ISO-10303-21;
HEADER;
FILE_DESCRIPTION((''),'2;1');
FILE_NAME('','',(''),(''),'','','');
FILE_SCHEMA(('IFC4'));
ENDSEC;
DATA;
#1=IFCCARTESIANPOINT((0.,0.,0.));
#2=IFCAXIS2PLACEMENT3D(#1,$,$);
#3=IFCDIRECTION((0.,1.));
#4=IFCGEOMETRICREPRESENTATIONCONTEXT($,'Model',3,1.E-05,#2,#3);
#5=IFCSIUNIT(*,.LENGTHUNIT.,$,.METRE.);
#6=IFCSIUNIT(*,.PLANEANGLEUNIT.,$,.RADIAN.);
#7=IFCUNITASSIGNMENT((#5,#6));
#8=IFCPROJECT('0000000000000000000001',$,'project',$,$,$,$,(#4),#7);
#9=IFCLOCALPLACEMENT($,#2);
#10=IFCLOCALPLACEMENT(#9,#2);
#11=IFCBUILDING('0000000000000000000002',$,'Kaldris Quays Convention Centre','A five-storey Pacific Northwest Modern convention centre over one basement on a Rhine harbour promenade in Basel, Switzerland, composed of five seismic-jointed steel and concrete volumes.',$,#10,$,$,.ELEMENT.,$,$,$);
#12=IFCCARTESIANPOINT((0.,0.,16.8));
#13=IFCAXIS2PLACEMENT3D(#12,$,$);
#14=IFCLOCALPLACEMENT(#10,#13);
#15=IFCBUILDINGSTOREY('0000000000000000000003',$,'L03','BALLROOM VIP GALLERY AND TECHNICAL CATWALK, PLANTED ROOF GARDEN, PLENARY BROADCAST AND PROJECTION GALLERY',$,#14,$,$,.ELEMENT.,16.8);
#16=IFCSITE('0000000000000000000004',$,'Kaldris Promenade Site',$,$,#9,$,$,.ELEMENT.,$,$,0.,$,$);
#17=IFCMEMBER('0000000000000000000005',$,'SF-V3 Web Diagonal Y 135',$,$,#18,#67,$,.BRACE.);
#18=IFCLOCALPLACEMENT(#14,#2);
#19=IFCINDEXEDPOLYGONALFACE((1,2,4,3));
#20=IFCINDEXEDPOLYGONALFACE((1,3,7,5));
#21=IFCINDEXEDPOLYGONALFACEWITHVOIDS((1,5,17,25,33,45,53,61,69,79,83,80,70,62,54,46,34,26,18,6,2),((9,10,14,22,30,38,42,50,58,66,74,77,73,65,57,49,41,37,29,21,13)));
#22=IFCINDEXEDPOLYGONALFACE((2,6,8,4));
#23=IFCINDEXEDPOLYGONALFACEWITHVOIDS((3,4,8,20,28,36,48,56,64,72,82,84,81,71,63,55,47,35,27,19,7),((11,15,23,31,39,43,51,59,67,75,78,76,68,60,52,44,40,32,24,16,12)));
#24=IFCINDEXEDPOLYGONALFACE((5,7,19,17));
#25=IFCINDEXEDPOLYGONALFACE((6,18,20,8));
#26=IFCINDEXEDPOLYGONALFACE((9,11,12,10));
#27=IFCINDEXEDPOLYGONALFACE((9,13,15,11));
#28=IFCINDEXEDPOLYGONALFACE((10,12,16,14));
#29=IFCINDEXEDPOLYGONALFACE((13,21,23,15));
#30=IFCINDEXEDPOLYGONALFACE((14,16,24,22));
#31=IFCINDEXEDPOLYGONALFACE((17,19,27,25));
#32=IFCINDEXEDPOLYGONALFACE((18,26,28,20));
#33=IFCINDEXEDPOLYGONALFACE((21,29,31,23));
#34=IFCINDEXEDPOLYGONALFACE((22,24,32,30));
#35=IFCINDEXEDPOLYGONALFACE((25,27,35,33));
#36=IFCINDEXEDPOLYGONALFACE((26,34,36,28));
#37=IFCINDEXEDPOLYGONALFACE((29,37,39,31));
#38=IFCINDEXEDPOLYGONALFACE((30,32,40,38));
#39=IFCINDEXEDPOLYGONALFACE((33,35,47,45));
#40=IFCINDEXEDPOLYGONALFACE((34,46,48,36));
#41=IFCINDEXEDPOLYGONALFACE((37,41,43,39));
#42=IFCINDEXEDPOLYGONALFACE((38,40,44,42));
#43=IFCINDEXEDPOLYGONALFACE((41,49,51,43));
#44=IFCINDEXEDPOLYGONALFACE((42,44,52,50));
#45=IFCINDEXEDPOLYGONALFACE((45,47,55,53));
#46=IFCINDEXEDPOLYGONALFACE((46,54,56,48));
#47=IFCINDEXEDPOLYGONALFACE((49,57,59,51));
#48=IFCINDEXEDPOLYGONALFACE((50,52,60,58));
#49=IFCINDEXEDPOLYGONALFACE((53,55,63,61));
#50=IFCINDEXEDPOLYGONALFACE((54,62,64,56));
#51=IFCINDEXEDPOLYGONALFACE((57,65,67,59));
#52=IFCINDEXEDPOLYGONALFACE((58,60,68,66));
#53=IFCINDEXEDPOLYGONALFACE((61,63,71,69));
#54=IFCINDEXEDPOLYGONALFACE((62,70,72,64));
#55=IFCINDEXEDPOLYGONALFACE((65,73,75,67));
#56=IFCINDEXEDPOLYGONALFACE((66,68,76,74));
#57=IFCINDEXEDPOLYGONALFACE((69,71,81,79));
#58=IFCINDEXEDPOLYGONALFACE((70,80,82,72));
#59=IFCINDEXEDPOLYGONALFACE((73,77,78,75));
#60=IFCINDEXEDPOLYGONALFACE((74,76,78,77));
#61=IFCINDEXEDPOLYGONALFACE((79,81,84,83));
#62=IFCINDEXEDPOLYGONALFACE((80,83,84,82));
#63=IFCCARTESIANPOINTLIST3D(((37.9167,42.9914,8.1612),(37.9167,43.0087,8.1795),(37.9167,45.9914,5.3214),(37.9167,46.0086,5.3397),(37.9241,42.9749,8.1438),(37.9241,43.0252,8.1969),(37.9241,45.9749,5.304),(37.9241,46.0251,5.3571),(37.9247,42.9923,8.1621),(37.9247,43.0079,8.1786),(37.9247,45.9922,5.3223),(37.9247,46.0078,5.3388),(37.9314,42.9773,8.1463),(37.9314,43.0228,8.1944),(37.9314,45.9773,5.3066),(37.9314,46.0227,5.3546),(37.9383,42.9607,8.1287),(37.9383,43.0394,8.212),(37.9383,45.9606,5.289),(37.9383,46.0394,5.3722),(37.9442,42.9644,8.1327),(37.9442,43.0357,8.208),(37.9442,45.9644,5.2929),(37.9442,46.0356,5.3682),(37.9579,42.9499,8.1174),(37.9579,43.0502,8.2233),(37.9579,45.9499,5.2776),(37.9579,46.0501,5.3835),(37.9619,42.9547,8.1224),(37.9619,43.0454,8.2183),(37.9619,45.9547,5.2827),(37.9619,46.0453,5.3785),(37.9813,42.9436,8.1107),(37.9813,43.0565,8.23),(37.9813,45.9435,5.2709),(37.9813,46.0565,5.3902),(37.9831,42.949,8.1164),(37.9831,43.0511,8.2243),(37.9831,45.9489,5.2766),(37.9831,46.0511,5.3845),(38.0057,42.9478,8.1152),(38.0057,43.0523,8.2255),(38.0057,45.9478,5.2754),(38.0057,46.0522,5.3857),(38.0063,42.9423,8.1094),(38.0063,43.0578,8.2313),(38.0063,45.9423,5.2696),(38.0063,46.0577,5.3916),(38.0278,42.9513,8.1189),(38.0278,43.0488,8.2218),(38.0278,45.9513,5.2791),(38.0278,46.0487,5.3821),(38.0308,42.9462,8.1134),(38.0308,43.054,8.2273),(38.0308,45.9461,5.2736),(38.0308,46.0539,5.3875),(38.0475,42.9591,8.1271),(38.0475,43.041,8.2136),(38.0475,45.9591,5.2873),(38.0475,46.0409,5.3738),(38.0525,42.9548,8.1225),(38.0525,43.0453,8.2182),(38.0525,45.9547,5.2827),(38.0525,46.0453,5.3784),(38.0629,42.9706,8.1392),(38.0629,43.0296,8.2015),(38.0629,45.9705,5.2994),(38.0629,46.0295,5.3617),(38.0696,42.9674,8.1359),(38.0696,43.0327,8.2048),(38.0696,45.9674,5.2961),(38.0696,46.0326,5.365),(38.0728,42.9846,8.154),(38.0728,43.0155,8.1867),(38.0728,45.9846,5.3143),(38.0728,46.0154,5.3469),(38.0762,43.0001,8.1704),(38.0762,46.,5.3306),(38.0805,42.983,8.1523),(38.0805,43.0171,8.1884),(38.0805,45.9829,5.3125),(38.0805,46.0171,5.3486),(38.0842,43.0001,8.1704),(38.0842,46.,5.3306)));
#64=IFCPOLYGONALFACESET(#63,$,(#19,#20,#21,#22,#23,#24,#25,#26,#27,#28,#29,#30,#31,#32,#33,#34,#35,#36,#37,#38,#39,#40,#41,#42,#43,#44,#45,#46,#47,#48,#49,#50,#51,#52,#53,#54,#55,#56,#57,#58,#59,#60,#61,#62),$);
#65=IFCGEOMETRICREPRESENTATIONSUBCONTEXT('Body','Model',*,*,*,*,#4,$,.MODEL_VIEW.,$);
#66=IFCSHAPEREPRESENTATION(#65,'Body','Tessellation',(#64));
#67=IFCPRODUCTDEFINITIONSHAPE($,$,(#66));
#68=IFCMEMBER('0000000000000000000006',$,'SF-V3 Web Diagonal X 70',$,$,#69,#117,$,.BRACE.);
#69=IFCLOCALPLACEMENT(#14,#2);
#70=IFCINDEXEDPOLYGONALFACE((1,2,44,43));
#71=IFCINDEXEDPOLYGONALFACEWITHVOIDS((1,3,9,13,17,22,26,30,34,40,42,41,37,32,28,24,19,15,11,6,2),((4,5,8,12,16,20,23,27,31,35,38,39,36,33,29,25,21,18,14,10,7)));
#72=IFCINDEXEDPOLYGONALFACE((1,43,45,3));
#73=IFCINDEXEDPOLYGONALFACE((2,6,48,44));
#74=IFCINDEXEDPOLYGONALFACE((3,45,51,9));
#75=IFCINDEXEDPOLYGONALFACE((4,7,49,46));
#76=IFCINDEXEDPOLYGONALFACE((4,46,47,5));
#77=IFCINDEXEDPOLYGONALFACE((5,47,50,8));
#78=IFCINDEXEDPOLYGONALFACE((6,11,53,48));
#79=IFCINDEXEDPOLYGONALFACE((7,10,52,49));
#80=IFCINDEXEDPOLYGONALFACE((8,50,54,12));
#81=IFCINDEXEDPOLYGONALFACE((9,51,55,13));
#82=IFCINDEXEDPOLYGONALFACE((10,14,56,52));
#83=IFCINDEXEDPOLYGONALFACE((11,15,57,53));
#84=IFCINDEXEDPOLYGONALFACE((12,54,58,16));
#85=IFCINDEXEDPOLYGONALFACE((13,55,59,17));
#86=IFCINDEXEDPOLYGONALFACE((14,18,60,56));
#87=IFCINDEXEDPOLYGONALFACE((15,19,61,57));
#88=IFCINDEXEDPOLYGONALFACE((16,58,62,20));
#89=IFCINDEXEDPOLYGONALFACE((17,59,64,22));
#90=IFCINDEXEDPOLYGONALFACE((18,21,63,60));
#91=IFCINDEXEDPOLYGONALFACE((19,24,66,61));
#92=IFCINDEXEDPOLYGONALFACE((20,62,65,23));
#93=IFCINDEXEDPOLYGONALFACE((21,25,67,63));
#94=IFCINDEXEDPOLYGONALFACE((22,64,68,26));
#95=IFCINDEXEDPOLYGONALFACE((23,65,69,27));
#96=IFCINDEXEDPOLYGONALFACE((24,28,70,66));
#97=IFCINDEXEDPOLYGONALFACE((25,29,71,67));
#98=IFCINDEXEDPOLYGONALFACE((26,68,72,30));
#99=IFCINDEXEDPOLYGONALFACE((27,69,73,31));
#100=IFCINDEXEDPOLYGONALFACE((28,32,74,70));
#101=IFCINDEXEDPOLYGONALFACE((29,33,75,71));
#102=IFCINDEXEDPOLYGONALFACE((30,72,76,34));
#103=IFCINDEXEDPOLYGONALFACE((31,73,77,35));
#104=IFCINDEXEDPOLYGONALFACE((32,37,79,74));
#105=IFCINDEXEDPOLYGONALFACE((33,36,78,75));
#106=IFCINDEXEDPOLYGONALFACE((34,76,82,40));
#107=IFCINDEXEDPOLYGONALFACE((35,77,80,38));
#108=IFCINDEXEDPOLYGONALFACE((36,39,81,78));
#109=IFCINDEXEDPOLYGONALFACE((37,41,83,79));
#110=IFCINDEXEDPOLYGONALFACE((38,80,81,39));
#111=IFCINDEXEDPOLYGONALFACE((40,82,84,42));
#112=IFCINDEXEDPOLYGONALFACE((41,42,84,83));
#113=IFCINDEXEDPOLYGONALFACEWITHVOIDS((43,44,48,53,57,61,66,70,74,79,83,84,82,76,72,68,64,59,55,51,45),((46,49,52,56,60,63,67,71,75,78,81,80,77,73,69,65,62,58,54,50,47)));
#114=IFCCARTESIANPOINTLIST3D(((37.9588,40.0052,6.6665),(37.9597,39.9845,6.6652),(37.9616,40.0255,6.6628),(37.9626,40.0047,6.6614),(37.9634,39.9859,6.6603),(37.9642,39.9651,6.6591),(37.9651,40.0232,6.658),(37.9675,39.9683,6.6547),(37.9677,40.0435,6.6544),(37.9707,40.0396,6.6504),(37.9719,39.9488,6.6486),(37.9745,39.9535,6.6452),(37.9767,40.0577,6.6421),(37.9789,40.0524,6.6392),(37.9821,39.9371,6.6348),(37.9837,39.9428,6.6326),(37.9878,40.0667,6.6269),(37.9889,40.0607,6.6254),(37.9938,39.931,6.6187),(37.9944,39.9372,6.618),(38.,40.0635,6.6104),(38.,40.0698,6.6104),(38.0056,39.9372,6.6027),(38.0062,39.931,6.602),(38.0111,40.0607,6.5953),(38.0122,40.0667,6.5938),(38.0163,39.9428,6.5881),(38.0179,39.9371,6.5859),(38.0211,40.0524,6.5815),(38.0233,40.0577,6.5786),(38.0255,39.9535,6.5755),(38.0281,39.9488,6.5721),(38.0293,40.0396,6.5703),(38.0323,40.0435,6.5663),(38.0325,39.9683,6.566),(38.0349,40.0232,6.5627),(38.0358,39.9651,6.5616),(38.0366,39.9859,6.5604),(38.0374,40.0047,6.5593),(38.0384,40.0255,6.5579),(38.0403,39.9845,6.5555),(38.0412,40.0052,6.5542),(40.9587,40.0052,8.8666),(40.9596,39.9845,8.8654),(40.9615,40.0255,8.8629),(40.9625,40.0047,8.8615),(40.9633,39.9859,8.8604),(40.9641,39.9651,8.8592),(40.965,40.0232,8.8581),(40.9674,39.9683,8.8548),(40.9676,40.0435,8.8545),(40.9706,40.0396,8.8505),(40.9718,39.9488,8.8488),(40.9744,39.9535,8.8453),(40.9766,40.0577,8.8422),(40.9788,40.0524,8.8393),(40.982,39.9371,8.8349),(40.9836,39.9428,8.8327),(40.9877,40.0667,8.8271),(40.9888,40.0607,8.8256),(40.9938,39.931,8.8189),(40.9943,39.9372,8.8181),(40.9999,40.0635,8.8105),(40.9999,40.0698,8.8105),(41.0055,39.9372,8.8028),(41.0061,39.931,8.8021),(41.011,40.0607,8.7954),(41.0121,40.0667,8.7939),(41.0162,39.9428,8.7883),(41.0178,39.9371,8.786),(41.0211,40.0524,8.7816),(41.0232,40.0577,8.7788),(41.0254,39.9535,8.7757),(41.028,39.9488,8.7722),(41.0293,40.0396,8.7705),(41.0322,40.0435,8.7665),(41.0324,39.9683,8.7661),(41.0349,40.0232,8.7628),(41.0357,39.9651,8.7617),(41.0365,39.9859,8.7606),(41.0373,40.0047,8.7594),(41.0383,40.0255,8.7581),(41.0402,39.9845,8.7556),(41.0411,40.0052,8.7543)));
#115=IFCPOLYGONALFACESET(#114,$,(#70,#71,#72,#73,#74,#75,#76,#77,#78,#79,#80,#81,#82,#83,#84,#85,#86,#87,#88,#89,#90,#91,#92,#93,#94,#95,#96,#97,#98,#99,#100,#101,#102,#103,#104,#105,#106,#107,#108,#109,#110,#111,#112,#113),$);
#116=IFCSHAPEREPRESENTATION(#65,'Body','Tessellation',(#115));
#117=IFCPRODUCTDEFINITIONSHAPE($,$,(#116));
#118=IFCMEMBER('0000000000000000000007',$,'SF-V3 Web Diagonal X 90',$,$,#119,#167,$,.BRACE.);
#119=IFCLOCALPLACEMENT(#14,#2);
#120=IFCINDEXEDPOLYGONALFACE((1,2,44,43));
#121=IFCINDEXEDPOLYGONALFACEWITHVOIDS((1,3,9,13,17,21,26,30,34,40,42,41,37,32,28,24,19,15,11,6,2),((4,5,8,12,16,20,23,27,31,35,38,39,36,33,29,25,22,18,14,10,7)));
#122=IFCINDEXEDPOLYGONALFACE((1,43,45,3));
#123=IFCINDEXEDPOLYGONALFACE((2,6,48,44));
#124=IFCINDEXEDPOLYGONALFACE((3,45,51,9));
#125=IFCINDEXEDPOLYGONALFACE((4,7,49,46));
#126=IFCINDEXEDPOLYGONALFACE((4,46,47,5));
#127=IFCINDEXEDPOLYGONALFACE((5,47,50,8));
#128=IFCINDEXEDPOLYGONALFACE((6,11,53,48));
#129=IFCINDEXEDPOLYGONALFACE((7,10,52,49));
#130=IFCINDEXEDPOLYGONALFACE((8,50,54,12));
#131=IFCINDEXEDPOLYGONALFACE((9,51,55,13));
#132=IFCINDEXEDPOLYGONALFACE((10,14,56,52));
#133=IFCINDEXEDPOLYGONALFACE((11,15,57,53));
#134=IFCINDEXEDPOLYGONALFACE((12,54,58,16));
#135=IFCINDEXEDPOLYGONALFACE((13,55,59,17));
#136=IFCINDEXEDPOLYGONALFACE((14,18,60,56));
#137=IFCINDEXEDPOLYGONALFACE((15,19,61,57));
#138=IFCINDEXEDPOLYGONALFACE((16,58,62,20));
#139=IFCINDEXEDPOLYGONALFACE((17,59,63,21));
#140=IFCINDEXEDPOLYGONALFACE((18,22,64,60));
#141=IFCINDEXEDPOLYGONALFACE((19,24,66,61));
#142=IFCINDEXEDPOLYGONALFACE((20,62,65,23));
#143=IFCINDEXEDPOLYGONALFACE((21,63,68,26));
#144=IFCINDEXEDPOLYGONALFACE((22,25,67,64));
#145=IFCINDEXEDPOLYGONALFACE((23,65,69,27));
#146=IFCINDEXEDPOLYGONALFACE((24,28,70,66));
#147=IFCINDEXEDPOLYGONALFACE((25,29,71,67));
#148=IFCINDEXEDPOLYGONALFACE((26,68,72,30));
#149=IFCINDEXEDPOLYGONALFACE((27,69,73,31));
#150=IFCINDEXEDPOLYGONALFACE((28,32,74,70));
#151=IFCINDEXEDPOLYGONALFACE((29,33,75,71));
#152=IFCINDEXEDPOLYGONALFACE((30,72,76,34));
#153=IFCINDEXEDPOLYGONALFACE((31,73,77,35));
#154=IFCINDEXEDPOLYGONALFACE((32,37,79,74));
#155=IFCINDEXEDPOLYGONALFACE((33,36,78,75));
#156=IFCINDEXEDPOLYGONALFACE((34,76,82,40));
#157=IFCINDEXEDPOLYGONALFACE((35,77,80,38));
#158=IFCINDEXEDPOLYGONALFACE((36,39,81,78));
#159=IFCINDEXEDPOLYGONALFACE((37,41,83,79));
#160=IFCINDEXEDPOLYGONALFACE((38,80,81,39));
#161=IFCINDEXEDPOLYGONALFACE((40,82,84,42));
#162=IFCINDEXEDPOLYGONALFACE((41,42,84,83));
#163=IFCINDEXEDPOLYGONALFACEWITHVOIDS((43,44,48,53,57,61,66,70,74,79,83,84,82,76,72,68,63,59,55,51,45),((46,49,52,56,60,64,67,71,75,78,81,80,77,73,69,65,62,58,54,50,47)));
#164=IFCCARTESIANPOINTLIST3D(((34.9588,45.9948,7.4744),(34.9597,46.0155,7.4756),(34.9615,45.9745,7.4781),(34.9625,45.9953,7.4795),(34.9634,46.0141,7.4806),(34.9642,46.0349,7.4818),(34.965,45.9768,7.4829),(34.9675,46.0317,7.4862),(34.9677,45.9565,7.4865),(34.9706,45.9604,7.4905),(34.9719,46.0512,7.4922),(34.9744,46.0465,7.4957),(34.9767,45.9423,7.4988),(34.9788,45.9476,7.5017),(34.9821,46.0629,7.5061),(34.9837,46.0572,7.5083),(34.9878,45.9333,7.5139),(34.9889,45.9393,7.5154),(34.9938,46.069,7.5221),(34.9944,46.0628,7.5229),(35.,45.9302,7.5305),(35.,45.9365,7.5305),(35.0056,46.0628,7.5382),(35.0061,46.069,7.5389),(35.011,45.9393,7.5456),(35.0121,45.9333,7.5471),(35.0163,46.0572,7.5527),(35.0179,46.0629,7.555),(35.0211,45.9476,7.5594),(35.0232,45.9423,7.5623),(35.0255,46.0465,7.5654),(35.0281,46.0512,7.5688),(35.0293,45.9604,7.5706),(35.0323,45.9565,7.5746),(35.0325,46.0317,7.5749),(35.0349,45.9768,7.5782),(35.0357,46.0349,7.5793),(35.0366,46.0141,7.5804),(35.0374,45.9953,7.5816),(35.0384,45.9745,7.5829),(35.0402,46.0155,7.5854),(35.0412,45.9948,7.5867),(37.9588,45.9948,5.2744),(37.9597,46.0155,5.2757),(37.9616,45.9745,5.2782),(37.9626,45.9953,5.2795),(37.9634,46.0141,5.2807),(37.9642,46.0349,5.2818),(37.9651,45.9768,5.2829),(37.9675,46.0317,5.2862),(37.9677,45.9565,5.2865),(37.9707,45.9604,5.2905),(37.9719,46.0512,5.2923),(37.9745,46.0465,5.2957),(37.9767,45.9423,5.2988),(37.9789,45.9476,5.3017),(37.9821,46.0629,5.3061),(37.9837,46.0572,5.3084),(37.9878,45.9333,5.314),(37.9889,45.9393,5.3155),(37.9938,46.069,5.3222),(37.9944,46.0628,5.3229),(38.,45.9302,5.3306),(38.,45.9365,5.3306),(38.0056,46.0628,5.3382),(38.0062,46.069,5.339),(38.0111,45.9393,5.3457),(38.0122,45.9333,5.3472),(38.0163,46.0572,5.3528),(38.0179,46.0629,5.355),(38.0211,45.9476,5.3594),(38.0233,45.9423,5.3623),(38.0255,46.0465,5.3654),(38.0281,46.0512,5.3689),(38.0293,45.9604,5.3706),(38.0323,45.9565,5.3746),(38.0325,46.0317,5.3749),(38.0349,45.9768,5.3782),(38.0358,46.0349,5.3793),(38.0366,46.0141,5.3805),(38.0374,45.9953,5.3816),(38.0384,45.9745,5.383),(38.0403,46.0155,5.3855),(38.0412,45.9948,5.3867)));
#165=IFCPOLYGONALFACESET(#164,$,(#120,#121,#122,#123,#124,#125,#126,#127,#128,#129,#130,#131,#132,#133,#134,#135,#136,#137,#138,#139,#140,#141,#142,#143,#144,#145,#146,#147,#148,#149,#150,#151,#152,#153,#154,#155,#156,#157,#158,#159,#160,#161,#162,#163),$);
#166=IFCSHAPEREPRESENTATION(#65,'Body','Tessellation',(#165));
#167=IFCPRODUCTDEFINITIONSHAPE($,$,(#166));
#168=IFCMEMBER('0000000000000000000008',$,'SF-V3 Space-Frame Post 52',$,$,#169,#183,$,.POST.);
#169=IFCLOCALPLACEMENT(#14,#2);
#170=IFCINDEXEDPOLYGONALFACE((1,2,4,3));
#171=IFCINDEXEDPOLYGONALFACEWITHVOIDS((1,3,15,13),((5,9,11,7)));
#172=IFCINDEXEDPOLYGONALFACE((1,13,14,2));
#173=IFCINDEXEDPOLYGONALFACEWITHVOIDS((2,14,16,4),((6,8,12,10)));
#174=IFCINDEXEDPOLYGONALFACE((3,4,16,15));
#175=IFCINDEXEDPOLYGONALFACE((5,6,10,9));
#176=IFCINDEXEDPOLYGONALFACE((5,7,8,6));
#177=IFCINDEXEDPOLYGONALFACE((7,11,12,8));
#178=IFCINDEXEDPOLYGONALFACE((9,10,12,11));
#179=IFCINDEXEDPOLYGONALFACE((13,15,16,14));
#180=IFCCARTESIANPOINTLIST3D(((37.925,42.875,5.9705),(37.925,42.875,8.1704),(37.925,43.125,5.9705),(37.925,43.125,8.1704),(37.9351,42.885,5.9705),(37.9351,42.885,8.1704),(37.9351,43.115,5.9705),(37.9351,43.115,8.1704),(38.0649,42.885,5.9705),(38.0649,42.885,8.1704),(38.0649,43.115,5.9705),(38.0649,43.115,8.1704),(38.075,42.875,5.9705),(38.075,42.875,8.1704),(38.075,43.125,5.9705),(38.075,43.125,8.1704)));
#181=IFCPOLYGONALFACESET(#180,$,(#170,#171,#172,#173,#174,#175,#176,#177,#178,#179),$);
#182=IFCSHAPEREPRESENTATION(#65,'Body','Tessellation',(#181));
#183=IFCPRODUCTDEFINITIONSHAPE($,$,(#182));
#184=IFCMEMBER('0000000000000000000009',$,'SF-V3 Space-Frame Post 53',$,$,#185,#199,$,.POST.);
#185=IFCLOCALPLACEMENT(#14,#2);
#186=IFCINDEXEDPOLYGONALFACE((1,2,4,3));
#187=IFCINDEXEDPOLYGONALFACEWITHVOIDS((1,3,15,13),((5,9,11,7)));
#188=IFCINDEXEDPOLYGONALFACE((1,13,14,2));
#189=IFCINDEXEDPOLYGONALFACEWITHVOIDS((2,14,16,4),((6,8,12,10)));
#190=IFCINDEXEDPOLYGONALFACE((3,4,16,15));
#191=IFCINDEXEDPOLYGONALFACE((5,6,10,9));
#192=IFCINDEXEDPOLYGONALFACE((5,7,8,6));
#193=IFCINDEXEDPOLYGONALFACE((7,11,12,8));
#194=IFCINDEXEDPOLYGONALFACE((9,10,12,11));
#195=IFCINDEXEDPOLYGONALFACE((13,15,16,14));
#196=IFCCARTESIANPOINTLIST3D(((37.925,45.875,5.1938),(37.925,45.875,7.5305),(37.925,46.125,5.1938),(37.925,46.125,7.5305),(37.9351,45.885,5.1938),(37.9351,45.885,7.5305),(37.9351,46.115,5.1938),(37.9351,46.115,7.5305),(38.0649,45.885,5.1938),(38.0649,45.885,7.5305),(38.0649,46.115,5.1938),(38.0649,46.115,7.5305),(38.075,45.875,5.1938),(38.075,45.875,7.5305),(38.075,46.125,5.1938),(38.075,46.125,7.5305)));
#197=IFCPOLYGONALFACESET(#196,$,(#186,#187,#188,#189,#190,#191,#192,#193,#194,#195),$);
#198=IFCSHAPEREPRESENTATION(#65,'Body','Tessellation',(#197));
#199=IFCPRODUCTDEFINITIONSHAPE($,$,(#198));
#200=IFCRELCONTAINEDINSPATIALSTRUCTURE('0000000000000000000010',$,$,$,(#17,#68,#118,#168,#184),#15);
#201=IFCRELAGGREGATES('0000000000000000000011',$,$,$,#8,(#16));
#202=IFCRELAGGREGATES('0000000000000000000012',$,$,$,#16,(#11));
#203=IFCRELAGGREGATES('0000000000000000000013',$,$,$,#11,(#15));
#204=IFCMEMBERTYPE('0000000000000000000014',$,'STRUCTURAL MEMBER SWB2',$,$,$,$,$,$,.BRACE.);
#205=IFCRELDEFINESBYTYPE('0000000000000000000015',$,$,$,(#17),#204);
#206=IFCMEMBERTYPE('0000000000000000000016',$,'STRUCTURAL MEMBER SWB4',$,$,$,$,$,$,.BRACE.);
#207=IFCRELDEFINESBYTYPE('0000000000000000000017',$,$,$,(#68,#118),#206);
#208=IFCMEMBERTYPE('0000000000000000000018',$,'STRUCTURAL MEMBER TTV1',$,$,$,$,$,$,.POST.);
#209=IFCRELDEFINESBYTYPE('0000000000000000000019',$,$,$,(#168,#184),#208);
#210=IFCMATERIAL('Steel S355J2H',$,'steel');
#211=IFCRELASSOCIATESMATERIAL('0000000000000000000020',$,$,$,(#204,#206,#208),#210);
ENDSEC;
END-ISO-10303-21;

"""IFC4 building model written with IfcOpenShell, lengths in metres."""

from ifc_helpers import new_model, si_unit, direction, frame, origin, origin_2d, place, context, subcontext, project, spatial, hollow_rectangle, hollow_circle, extrude, material, material_profile, profile_set, type_object, element, save


model = new_model("IFC4")

# Units and contexts
model_context = context("Model", 3, precision=1e-05, world=origin(), true_north=direction((0.0, 1.0)))
body_context = subcontext(model_context, "Body", "Model", "MODEL_VIEW")
ifc_project = project(units=[si_unit("LENGTHUNIT", "METRE"), si_unit("PLANEANGLEUNIT", "RADIAN")], contexts=[model_context])

# Site, building, storey
site_placement = place(None, origin())
site = spatial("IfcSite", under=ifc_project, at=site_placement, Name="Kaldris Promenade Site", CompositionType="ELEMENT", RefElevation=0.0)
building_placement = place(site_placement, origin())
building = spatial("IfcBuilding", under=site, at=building_placement, Name="Kaldris Quays Convention Centre", Description="A five-storey Pacific Northwest Modern convention centre over one basement on a Rhine harbour promenade in Basel, Switzerland, composed of five seismic-jointed steel and concrete volumes.", CompositionType="ELEMENT")
storey_placement = place(building_placement, frame((0.0, 0.0, 16.8)))
storey = spatial("IfcBuildingStorey", under=building, at=storey_placement, Name="L03", Description="BALLROOM VIP GALLERY AND TECHNICAL CATWALK, PLANTED ROOF GARDEN, PLENARY BROADCAST AND PROJECTION GALLERY", CompositionType="ELEMENT", Elevation=16.8)

# Members
ifc_material_1 = material(Name="Steel S355J2H", Category="steel")
ifc_material_profile_1 = material_profile(ifc_material_1, hollow_circle(Radius=0.0842, WallThickness=0.0081, at=origin_2d()), Name="CHS 168.3x8")
ifc_profile_set_1 = profile_set([ifc_material_profile_1], Name="Steel S355J2H")
member_type_1 = type_object("IfcMemberType", Name="STRUCTURAL MEMBER SWB2", PredefinedType="BRACE", material=ifc_profile_set_1)
member_1_placement = place(storey_placement, frame((38.0, 46.0, 5.3306), z_axis=(0.0, -0.726226, 0.687456), x_axis=(1.0, 0.0, 0.0)))
element("IfcMember", 1, at=member_1_placement, inside=storey, type_object=member_type_1, Name="SF-V3 Web Diagonal Y 135", PredefinedType="BRACE", context=body_context, shape_type="SweptSolid", body=[
    extrude(hollow_circle(Radius=0.0842, WallThickness=0.0081, at=origin_2d()), origin(), (0.0, 0.0, 1.0), 4.1309),
])
ifc_material_profile_2 = material_profile(ifc_material_1, hollow_circle(Radius=0.0698, WallThickness=0.0063, at=origin_2d()), Name="CHS 139.7x6.3")
ifc_profile_set_2 = profile_set([ifc_material_profile_2], Name="Steel S355J2H")
member_type_2 = type_object("IfcMemberType", Name="STRUCTURAL MEMBER SWB4", PredefinedType="BRACE", material=ifc_profile_set_2)
for number, where, z_axis, x_axis, name in (
    (2, (38.0, 40.0, 6.6104), (0.80638, 0.0, 0.591398), (0.0, 1.0, 0.0), "SF-V3 Web Diagonal X 70"),
    (3, (38.0, 46.0, 5.3306), (-0.806411, 0.0, 0.591355), (0.0, -1.0, 0.0), "SF-V3 Web Diagonal X 90"),
):
    element("IfcMember", number, at=place(storey_placement, frame(where, z_axis=z_axis, x_axis=x_axis)), inside=storey, type_object=member_type_2, Name=name, PredefinedType="BRACE", context=body_context, shape_type="SweptSolid", body=[
        extrude(hollow_circle(Radius=0.0698, WallThickness=0.0063, at=origin_2d()), origin(), (0.0, 0.0, 1.0), 3.7202),
    ])
ifc_material_profile_3 = material_profile(ifc_material_1, hollow_rectangle(XDim=0.1499, YDim=0.25, WallThickness=0.01, at=origin_2d()), Name="RHS 250x150x10")
ifc_profile_set_3 = profile_set([ifc_material_profile_3], Name="Steel S355J2H")
member_type_3 = type_object("IfcMemberType", Name="STRUCTURAL MEMBER TTV1", PredefinedType="POST", material=ifc_profile_set_3)
member_2_placement = place(storey_placement, frame((38.0, 43.0, 5.9705), z_axis=(0.0, 0.0, 1.0), x_axis=(1.0, 0.0, 0.0)))
element("IfcMember", 4, at=member_2_placement, inside=storey, type_object=member_type_3, Name="SF-V3 Space-Frame Post 52", PredefinedType="POST", context=body_context, shape_type="SweptSolid", body=[
    extrude(hollow_rectangle(XDim=0.1499, YDim=0.25, WallThickness=0.01, at=origin_2d()), origin(), (0.0, 0.0, 1.0), 2.2),
])
member_3_placement = place(storey_placement, frame((38.0, 46.0, 5.1938), z_axis=(0.0, 0.0, 1.0), x_axis=(1.0, 0.0, 0.0)))
element("IfcMember", 5, at=member_3_placement, inside=storey, type_object=member_type_3, Name="SF-V3 Space-Frame Post 53", PredefinedType="POST", context=body_context, shape_type="SweptSolid", body=[
    extrude(hollow_rectangle(XDim=0.1499, YDim=0.25, WallThickness=0.01, at=origin_2d()), origin(), (0.0, 0.0, 1.0), 2.3367),
])

save(model, "model.ifc")
